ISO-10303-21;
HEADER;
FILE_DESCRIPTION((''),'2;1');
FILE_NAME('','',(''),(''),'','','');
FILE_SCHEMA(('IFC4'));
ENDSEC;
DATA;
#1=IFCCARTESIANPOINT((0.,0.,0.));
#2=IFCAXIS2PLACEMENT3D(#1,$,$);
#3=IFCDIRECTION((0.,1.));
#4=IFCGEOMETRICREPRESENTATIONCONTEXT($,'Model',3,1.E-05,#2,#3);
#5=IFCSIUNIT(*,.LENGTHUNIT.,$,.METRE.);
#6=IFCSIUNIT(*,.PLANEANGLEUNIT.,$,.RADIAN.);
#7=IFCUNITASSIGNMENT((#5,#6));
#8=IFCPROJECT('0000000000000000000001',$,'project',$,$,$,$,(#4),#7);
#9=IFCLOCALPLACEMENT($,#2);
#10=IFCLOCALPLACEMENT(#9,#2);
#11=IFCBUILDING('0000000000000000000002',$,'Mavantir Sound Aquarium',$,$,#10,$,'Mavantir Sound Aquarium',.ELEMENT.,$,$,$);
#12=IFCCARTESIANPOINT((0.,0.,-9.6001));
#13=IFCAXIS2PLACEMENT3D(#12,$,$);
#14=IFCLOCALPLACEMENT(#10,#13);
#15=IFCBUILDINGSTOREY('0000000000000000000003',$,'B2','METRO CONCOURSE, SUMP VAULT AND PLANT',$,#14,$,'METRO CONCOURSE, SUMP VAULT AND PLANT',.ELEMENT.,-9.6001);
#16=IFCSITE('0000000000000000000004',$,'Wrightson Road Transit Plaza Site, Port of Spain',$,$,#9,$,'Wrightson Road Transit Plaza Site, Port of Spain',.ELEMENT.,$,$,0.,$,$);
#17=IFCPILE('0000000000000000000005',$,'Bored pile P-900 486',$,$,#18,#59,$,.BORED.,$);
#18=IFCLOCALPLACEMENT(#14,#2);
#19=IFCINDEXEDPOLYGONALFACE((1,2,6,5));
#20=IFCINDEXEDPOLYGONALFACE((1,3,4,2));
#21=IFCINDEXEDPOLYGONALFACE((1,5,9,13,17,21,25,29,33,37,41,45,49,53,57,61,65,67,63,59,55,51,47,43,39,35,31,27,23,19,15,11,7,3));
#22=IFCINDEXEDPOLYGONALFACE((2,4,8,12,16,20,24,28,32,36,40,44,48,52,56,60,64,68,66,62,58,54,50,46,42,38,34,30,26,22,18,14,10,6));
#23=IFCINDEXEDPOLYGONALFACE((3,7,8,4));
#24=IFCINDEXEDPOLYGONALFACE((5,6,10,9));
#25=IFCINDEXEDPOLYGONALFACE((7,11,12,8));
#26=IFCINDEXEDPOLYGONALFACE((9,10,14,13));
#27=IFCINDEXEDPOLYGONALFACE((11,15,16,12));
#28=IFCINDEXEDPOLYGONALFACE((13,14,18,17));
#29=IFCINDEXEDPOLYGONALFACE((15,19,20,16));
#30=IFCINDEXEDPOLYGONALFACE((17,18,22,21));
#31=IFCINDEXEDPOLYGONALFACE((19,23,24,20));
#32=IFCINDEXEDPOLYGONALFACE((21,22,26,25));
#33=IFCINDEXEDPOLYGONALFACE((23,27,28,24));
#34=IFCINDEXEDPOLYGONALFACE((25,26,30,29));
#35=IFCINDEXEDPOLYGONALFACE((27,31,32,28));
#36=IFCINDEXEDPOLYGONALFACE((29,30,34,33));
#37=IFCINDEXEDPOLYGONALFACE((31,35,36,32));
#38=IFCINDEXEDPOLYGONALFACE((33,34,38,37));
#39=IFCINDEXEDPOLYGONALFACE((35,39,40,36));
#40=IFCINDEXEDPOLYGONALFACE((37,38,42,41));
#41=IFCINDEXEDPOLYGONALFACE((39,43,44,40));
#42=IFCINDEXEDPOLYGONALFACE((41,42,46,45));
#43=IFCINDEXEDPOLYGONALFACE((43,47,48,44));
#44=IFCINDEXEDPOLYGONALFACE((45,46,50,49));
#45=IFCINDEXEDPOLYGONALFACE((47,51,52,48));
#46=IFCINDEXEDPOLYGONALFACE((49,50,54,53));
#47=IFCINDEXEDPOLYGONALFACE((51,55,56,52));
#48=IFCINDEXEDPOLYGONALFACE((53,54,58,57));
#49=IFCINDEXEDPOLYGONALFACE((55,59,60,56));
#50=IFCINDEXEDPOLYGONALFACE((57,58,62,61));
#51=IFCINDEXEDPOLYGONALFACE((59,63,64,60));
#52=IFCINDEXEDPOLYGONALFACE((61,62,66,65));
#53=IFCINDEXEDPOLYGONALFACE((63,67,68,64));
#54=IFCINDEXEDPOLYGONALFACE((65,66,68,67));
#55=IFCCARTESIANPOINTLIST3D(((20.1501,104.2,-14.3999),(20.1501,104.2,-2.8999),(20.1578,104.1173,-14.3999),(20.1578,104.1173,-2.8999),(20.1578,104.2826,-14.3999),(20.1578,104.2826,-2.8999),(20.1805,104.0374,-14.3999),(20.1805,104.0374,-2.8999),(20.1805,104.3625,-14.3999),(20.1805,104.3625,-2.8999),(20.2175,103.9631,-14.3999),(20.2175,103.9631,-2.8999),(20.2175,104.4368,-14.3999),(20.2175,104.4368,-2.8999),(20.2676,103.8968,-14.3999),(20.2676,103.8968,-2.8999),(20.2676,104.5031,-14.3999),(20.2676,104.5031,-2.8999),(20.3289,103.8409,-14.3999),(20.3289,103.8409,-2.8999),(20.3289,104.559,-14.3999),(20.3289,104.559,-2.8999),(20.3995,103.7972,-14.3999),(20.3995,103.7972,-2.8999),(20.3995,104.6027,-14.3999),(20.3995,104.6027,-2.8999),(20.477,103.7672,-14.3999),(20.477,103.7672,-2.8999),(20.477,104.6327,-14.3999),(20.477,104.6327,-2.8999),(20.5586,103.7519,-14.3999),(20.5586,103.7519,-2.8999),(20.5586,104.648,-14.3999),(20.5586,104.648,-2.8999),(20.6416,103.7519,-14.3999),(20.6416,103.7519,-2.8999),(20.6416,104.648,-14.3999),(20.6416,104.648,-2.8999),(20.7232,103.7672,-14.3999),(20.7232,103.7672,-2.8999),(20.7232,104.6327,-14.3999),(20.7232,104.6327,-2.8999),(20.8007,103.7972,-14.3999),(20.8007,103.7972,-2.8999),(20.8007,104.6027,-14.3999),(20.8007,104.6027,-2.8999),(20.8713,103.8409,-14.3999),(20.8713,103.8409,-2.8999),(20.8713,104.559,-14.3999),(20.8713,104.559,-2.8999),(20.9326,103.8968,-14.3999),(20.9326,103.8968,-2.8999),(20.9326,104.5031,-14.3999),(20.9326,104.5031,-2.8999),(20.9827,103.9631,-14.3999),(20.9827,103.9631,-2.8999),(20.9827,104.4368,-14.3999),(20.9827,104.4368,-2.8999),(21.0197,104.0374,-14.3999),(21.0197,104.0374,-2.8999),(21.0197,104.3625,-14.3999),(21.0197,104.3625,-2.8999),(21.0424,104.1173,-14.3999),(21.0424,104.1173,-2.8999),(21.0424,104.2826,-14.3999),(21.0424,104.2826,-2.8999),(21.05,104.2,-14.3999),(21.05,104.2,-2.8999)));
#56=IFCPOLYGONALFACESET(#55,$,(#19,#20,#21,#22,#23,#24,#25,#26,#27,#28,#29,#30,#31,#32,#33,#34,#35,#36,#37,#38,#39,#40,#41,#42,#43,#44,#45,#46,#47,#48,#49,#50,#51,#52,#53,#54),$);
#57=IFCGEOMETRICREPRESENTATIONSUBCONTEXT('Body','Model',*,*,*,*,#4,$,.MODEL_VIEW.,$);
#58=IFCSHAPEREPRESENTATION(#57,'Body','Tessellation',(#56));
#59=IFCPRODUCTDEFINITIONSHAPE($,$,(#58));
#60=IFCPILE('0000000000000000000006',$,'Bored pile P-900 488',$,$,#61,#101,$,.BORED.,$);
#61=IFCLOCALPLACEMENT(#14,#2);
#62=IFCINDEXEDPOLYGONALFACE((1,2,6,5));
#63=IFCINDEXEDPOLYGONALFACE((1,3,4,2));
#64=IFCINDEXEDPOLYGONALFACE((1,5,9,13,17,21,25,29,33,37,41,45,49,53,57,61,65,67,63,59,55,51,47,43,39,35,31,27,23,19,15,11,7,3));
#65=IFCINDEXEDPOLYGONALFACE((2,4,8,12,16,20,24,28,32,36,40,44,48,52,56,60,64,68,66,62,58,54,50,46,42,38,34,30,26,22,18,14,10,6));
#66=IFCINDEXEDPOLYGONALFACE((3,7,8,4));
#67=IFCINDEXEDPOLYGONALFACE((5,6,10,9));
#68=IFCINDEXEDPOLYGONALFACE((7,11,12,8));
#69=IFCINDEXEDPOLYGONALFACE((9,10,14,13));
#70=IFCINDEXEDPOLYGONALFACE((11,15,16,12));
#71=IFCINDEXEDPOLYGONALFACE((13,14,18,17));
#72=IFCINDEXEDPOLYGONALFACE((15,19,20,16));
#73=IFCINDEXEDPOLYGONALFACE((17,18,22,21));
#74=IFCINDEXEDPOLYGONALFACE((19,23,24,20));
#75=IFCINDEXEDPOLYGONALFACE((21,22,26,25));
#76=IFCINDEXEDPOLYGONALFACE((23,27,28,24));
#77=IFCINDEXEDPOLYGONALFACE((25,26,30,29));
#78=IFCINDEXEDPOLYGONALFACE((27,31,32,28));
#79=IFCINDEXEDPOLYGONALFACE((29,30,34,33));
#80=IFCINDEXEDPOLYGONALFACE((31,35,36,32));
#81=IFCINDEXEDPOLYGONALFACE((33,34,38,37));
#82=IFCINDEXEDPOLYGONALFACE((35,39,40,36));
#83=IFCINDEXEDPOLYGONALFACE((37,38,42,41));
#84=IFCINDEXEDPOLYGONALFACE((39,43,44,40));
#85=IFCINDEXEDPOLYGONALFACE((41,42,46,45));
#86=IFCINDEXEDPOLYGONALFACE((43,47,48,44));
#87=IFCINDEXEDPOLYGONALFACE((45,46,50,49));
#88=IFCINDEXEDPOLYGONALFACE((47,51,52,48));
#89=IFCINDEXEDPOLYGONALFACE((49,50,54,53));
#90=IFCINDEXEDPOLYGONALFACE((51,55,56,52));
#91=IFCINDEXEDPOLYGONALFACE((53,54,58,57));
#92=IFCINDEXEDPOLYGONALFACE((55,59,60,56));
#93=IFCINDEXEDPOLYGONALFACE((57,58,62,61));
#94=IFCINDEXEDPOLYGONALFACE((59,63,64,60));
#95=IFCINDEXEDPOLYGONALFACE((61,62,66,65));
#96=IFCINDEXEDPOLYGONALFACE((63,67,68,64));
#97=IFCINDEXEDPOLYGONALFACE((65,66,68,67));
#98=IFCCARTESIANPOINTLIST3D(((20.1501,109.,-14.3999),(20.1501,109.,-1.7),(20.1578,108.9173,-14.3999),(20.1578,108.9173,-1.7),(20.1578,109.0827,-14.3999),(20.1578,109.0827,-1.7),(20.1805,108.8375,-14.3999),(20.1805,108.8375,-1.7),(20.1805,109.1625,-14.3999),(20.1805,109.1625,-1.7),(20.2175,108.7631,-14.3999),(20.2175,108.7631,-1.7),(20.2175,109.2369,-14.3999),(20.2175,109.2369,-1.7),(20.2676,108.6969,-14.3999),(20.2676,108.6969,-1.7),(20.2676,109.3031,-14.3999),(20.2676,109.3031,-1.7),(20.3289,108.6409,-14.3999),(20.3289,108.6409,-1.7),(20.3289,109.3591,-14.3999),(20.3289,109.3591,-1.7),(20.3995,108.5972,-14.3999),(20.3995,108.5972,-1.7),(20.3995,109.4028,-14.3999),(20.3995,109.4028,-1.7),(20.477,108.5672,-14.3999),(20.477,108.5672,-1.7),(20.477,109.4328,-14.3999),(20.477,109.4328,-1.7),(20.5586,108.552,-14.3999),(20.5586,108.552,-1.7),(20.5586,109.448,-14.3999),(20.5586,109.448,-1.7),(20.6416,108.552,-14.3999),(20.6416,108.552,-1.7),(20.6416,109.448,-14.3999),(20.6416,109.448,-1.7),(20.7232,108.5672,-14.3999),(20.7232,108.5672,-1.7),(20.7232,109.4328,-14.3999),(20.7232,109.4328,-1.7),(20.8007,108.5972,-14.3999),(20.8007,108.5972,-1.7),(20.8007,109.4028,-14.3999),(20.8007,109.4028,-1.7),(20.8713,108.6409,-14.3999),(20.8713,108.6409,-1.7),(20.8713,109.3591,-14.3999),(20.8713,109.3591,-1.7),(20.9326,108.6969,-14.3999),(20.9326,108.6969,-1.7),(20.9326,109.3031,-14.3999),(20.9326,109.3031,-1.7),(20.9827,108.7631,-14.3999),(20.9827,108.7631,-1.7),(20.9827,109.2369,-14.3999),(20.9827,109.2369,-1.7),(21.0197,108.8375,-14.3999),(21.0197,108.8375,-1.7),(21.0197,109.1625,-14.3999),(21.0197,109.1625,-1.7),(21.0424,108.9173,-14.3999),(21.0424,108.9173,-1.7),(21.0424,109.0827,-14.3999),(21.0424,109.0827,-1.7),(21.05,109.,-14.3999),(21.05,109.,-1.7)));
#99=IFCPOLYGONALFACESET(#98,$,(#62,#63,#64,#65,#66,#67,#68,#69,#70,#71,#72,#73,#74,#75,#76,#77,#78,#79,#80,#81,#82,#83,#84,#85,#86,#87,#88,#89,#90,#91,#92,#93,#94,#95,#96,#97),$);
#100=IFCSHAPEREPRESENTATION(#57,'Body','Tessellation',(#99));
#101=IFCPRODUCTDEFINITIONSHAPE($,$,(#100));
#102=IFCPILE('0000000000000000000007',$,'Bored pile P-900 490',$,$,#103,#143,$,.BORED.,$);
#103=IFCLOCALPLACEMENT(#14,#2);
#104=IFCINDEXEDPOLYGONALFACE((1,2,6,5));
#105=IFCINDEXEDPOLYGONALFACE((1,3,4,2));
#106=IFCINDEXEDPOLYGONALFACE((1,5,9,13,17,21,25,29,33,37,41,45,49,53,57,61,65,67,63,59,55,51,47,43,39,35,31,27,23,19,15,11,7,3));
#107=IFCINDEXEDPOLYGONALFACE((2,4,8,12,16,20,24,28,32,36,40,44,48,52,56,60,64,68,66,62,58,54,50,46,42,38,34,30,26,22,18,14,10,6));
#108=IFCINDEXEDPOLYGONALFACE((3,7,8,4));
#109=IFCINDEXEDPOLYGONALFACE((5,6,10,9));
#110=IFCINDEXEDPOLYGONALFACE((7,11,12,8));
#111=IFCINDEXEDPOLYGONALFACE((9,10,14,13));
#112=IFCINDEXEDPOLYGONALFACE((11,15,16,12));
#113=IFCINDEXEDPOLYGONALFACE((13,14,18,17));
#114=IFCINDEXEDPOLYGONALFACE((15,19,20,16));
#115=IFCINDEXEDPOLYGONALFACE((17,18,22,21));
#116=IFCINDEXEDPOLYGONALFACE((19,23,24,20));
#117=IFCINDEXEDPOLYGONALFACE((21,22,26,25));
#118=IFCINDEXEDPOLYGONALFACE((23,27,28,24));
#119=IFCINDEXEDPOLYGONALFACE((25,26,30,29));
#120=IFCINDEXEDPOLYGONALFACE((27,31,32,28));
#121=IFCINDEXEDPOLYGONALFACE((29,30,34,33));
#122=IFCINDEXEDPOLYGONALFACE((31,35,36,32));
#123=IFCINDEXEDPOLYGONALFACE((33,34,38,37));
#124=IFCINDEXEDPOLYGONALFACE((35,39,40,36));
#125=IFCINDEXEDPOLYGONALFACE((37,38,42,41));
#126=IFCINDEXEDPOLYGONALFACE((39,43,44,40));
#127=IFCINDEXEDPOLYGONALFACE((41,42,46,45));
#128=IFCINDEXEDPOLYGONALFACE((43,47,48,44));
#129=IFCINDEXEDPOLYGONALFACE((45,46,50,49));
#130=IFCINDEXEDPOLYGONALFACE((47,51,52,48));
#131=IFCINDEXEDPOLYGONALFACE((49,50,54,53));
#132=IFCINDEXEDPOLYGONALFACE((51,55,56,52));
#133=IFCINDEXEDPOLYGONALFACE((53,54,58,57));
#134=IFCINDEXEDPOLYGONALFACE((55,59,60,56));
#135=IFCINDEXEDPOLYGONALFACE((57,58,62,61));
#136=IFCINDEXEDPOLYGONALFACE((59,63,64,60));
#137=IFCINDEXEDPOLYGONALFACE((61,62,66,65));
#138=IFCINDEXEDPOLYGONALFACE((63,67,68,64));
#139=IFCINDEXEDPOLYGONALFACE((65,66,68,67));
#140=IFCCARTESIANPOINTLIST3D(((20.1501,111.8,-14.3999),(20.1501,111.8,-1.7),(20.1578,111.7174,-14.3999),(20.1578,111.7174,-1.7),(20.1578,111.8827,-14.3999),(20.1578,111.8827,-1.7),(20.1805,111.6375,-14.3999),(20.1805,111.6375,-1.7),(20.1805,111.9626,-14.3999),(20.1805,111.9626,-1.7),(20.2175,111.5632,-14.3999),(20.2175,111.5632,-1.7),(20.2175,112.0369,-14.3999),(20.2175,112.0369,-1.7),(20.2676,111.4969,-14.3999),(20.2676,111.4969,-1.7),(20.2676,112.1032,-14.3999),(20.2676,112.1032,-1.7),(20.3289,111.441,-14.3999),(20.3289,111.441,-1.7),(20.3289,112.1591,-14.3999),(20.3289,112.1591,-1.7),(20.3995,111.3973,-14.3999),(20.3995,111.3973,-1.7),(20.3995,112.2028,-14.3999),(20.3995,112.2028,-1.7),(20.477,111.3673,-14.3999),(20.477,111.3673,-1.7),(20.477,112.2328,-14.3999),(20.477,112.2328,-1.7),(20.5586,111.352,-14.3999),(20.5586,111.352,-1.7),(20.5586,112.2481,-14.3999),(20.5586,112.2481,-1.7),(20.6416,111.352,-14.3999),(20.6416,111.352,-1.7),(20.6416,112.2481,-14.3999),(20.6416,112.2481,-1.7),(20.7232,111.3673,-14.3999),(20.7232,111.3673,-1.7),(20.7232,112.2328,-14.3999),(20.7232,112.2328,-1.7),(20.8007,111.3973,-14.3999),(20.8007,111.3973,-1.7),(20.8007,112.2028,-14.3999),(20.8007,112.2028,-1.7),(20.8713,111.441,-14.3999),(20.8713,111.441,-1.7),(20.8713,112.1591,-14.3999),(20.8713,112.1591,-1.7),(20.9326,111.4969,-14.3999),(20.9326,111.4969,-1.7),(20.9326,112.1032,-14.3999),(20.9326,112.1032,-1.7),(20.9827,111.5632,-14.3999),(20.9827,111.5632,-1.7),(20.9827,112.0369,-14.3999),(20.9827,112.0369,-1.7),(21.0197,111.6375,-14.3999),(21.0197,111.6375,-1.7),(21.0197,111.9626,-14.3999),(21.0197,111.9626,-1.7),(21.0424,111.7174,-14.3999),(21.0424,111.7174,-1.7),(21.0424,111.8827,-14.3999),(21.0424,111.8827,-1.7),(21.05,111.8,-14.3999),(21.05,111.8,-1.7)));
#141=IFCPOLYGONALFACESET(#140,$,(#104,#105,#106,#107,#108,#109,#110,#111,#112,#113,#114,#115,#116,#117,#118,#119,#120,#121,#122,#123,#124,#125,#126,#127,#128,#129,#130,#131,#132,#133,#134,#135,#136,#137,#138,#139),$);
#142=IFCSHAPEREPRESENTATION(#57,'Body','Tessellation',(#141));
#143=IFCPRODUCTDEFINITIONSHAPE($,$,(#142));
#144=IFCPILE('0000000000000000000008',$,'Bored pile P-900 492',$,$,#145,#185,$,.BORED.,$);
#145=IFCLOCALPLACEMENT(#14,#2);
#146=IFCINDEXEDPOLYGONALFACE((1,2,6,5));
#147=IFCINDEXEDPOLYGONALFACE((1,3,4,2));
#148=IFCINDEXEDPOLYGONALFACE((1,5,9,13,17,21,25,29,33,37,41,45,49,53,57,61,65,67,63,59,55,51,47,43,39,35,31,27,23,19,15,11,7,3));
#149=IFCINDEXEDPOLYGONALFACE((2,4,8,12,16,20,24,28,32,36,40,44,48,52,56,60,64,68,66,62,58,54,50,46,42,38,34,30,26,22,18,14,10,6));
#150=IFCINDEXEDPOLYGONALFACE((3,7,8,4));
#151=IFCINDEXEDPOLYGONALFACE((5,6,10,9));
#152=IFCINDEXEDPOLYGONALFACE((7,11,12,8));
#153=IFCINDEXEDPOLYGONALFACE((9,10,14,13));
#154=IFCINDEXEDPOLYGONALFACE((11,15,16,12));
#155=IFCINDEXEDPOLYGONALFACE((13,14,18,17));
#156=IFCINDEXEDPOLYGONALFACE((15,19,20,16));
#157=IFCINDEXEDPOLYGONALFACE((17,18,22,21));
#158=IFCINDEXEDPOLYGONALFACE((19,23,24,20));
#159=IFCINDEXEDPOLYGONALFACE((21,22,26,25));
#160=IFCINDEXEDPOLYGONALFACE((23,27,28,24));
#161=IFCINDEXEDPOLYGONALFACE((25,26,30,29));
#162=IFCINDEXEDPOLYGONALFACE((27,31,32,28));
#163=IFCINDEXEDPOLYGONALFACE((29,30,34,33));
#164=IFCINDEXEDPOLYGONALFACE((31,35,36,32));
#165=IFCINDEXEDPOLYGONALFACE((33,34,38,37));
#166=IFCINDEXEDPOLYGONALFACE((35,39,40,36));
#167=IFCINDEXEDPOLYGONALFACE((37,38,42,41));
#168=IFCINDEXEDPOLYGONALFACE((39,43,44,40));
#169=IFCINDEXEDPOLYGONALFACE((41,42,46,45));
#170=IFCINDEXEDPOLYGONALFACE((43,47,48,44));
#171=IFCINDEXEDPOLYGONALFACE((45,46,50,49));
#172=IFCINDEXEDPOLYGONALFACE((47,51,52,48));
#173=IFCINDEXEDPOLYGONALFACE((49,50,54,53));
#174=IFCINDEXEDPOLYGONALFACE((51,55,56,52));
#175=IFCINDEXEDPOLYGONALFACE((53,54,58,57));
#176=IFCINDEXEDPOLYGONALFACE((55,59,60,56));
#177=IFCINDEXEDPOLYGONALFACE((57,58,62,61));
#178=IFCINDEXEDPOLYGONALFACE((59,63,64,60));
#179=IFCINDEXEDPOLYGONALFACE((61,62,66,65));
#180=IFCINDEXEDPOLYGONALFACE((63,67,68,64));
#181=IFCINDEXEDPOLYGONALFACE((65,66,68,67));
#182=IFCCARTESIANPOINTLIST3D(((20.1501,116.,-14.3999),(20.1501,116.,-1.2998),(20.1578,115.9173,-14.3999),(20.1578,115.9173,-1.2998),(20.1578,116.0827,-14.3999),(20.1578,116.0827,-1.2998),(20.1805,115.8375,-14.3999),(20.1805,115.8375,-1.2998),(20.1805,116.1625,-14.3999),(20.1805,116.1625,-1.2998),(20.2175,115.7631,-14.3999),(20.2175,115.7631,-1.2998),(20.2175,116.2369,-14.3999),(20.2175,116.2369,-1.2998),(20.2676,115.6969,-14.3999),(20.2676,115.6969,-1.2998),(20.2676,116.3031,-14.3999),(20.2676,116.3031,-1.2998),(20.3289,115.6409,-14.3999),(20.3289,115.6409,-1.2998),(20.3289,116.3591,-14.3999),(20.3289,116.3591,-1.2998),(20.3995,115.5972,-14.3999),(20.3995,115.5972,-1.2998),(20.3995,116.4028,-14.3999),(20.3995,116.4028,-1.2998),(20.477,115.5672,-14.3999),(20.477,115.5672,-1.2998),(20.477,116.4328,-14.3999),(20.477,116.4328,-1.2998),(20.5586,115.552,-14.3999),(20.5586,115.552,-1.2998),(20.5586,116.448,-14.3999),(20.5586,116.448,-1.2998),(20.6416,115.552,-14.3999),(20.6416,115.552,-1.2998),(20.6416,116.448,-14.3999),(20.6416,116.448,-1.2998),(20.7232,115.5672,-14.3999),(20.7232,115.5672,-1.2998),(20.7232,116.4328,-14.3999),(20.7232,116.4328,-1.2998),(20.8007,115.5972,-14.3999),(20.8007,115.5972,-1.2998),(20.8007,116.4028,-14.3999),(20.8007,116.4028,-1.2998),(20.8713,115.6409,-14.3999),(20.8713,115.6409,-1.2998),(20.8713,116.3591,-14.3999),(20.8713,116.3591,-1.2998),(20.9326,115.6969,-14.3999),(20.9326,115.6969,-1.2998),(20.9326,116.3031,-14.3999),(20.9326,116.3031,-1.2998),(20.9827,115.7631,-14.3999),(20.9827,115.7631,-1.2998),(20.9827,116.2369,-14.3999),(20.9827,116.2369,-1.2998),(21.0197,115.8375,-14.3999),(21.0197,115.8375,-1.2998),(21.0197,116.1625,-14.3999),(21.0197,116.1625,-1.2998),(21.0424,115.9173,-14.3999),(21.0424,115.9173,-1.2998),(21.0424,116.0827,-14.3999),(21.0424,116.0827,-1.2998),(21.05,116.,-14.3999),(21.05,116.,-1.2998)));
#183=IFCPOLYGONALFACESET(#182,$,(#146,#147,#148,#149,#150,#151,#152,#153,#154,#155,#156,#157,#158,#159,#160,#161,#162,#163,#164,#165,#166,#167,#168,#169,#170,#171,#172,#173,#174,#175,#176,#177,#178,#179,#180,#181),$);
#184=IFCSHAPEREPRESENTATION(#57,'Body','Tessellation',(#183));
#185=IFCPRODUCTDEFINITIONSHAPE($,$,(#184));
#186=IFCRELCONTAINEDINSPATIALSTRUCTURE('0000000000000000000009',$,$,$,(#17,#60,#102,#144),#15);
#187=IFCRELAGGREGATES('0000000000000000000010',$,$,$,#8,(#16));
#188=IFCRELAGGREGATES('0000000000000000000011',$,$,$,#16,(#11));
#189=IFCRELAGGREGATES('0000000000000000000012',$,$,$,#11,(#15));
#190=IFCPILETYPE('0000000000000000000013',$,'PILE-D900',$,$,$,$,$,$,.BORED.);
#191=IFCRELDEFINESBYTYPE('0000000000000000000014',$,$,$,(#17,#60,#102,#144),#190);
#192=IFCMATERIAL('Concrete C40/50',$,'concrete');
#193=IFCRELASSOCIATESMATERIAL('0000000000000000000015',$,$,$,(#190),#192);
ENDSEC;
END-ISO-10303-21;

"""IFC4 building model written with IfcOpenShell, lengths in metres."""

from ifc_helpers import new_model, si_unit, direction, frame, origin, origin_2d, place, context, subcontext, project, spatial, circle, extrude, material, material_profile, profile_set, type_object, element, save


model = new_model("IFC4")

# Units and contexts
model_context = context("Model", 3, precision=1e-05, world=origin(), true_north=direction((0.0, 1.0)))
body_context = subcontext(model_context, "Body", "Model", "MODEL_VIEW")
ifc_project = project(units=[si_unit("LENGTHUNIT", "METRE"), si_unit("PLANEANGLEUNIT", "RADIAN")], contexts=[model_context])

# Site, building, storey
site_placement = place(None, origin())
site = spatial("IfcSite", under=ifc_project, at=site_placement, Name="Wrightson Road Transit Plaza Site, Port of Spain", LongName="Wrightson Road Transit Plaza Site, Port of Spain", CompositionType="ELEMENT", RefElevation=0.0)
building_placement = place(site_placement, origin())
building = spatial("IfcBuilding", under=site, at=building_placement, Name="Mavantir Sound Aquarium", LongName="Mavantir Sound Aquarium", CompositionType="ELEMENT")
storey_placement = place(building_placement, frame((0.0, 0.0, -9.6001)))
storey = spatial("IfcBuildingStorey", under=building, at=storey_placement, Name="B2", Description="METRO CONCOURSE, SUMP VAULT AND PLANT", LongName="METRO CONCOURSE, SUMP VAULT AND PLANT", CompositionType="ELEMENT", Elevation=-9.6001)

# Shared definitions
ifc_material = material(Name="Concrete C40/50", Category="concrete")

# Piles
ifc_material_profile_1 = material_profile(ifc_material, circle(Radius=0.45, at=origin_2d()), Name="PILE D900")
ifc_profile_set_1 = profile_set([ifc_material_profile_1], Name="Concrete C40/50")
pile_type = type_object("IfcPileType", Name="PILE-D900", PredefinedType="BORED", material=ifc_profile_set_1)
for number, where, z_axis, x_axis, name in (
    (1, (20.6001, 104.2, -2.8999), (0.0, 0.0, -1.0), (1.0, 0.0, 0.0), "Bored pile P-900 486"),
):
    element("IfcPile", number, at=place(storey_placement, frame(where, z_axis=z_axis, x_axis=x_axis)), inside=storey, type_object=pile_type, Name=name, PredefinedType="BORED", context=body_context, shape_type="SweptSolid", body=[
        extrude(circle(Radius=0.45, at=origin_2d()), origin(), (0.0, 0.0, 1.0), 11.5),
    ])
for number, where, z_axis, x_axis, name in (
    (2, (20.6001, 109.0, -1.7), (0.0, 0.0, -1.0), (1.0, 0.0, 0.0), "Bored pile P-900 488"),
    (3, (20.6001, 111.8, -1.7), (0.0, 0.0, -1.0), (1.0, 0.0, 0.0), "Bored pile P-900 490"),
):
    element("IfcPile", number, at=place(storey_placement, frame(where, z_axis=z_axis, x_axis=x_axis)), inside=storey, type_object=pile_type, Name=name, PredefinedType="BORED", context=body_context, shape_type="SweptSolid", body=[
        extrude(circle(Radius=0.45, at=origin_2d()), origin(), (0.0, 0.0, 1.0), 12.7),
    ])
pile_placement = place(storey_placement, frame((20.6001, 116.0, -1.2998), z_axis=(0.0, 0.0, -1.0), x_axis=(1.0, 0.0, 0.0)))
element("IfcPile", 4, at=pile_placement, inside=storey, type_object=pile_type, Name="Bored pile P-900 492", PredefinedType="BORED", context=body_context, shape_type="SweptSolid", body=[
    extrude(circle(Radius=0.45, at=origin_2d()), origin(), (0.0, 0.0, 1.0), 13.1001),
])

save(model, "model.ifc")
